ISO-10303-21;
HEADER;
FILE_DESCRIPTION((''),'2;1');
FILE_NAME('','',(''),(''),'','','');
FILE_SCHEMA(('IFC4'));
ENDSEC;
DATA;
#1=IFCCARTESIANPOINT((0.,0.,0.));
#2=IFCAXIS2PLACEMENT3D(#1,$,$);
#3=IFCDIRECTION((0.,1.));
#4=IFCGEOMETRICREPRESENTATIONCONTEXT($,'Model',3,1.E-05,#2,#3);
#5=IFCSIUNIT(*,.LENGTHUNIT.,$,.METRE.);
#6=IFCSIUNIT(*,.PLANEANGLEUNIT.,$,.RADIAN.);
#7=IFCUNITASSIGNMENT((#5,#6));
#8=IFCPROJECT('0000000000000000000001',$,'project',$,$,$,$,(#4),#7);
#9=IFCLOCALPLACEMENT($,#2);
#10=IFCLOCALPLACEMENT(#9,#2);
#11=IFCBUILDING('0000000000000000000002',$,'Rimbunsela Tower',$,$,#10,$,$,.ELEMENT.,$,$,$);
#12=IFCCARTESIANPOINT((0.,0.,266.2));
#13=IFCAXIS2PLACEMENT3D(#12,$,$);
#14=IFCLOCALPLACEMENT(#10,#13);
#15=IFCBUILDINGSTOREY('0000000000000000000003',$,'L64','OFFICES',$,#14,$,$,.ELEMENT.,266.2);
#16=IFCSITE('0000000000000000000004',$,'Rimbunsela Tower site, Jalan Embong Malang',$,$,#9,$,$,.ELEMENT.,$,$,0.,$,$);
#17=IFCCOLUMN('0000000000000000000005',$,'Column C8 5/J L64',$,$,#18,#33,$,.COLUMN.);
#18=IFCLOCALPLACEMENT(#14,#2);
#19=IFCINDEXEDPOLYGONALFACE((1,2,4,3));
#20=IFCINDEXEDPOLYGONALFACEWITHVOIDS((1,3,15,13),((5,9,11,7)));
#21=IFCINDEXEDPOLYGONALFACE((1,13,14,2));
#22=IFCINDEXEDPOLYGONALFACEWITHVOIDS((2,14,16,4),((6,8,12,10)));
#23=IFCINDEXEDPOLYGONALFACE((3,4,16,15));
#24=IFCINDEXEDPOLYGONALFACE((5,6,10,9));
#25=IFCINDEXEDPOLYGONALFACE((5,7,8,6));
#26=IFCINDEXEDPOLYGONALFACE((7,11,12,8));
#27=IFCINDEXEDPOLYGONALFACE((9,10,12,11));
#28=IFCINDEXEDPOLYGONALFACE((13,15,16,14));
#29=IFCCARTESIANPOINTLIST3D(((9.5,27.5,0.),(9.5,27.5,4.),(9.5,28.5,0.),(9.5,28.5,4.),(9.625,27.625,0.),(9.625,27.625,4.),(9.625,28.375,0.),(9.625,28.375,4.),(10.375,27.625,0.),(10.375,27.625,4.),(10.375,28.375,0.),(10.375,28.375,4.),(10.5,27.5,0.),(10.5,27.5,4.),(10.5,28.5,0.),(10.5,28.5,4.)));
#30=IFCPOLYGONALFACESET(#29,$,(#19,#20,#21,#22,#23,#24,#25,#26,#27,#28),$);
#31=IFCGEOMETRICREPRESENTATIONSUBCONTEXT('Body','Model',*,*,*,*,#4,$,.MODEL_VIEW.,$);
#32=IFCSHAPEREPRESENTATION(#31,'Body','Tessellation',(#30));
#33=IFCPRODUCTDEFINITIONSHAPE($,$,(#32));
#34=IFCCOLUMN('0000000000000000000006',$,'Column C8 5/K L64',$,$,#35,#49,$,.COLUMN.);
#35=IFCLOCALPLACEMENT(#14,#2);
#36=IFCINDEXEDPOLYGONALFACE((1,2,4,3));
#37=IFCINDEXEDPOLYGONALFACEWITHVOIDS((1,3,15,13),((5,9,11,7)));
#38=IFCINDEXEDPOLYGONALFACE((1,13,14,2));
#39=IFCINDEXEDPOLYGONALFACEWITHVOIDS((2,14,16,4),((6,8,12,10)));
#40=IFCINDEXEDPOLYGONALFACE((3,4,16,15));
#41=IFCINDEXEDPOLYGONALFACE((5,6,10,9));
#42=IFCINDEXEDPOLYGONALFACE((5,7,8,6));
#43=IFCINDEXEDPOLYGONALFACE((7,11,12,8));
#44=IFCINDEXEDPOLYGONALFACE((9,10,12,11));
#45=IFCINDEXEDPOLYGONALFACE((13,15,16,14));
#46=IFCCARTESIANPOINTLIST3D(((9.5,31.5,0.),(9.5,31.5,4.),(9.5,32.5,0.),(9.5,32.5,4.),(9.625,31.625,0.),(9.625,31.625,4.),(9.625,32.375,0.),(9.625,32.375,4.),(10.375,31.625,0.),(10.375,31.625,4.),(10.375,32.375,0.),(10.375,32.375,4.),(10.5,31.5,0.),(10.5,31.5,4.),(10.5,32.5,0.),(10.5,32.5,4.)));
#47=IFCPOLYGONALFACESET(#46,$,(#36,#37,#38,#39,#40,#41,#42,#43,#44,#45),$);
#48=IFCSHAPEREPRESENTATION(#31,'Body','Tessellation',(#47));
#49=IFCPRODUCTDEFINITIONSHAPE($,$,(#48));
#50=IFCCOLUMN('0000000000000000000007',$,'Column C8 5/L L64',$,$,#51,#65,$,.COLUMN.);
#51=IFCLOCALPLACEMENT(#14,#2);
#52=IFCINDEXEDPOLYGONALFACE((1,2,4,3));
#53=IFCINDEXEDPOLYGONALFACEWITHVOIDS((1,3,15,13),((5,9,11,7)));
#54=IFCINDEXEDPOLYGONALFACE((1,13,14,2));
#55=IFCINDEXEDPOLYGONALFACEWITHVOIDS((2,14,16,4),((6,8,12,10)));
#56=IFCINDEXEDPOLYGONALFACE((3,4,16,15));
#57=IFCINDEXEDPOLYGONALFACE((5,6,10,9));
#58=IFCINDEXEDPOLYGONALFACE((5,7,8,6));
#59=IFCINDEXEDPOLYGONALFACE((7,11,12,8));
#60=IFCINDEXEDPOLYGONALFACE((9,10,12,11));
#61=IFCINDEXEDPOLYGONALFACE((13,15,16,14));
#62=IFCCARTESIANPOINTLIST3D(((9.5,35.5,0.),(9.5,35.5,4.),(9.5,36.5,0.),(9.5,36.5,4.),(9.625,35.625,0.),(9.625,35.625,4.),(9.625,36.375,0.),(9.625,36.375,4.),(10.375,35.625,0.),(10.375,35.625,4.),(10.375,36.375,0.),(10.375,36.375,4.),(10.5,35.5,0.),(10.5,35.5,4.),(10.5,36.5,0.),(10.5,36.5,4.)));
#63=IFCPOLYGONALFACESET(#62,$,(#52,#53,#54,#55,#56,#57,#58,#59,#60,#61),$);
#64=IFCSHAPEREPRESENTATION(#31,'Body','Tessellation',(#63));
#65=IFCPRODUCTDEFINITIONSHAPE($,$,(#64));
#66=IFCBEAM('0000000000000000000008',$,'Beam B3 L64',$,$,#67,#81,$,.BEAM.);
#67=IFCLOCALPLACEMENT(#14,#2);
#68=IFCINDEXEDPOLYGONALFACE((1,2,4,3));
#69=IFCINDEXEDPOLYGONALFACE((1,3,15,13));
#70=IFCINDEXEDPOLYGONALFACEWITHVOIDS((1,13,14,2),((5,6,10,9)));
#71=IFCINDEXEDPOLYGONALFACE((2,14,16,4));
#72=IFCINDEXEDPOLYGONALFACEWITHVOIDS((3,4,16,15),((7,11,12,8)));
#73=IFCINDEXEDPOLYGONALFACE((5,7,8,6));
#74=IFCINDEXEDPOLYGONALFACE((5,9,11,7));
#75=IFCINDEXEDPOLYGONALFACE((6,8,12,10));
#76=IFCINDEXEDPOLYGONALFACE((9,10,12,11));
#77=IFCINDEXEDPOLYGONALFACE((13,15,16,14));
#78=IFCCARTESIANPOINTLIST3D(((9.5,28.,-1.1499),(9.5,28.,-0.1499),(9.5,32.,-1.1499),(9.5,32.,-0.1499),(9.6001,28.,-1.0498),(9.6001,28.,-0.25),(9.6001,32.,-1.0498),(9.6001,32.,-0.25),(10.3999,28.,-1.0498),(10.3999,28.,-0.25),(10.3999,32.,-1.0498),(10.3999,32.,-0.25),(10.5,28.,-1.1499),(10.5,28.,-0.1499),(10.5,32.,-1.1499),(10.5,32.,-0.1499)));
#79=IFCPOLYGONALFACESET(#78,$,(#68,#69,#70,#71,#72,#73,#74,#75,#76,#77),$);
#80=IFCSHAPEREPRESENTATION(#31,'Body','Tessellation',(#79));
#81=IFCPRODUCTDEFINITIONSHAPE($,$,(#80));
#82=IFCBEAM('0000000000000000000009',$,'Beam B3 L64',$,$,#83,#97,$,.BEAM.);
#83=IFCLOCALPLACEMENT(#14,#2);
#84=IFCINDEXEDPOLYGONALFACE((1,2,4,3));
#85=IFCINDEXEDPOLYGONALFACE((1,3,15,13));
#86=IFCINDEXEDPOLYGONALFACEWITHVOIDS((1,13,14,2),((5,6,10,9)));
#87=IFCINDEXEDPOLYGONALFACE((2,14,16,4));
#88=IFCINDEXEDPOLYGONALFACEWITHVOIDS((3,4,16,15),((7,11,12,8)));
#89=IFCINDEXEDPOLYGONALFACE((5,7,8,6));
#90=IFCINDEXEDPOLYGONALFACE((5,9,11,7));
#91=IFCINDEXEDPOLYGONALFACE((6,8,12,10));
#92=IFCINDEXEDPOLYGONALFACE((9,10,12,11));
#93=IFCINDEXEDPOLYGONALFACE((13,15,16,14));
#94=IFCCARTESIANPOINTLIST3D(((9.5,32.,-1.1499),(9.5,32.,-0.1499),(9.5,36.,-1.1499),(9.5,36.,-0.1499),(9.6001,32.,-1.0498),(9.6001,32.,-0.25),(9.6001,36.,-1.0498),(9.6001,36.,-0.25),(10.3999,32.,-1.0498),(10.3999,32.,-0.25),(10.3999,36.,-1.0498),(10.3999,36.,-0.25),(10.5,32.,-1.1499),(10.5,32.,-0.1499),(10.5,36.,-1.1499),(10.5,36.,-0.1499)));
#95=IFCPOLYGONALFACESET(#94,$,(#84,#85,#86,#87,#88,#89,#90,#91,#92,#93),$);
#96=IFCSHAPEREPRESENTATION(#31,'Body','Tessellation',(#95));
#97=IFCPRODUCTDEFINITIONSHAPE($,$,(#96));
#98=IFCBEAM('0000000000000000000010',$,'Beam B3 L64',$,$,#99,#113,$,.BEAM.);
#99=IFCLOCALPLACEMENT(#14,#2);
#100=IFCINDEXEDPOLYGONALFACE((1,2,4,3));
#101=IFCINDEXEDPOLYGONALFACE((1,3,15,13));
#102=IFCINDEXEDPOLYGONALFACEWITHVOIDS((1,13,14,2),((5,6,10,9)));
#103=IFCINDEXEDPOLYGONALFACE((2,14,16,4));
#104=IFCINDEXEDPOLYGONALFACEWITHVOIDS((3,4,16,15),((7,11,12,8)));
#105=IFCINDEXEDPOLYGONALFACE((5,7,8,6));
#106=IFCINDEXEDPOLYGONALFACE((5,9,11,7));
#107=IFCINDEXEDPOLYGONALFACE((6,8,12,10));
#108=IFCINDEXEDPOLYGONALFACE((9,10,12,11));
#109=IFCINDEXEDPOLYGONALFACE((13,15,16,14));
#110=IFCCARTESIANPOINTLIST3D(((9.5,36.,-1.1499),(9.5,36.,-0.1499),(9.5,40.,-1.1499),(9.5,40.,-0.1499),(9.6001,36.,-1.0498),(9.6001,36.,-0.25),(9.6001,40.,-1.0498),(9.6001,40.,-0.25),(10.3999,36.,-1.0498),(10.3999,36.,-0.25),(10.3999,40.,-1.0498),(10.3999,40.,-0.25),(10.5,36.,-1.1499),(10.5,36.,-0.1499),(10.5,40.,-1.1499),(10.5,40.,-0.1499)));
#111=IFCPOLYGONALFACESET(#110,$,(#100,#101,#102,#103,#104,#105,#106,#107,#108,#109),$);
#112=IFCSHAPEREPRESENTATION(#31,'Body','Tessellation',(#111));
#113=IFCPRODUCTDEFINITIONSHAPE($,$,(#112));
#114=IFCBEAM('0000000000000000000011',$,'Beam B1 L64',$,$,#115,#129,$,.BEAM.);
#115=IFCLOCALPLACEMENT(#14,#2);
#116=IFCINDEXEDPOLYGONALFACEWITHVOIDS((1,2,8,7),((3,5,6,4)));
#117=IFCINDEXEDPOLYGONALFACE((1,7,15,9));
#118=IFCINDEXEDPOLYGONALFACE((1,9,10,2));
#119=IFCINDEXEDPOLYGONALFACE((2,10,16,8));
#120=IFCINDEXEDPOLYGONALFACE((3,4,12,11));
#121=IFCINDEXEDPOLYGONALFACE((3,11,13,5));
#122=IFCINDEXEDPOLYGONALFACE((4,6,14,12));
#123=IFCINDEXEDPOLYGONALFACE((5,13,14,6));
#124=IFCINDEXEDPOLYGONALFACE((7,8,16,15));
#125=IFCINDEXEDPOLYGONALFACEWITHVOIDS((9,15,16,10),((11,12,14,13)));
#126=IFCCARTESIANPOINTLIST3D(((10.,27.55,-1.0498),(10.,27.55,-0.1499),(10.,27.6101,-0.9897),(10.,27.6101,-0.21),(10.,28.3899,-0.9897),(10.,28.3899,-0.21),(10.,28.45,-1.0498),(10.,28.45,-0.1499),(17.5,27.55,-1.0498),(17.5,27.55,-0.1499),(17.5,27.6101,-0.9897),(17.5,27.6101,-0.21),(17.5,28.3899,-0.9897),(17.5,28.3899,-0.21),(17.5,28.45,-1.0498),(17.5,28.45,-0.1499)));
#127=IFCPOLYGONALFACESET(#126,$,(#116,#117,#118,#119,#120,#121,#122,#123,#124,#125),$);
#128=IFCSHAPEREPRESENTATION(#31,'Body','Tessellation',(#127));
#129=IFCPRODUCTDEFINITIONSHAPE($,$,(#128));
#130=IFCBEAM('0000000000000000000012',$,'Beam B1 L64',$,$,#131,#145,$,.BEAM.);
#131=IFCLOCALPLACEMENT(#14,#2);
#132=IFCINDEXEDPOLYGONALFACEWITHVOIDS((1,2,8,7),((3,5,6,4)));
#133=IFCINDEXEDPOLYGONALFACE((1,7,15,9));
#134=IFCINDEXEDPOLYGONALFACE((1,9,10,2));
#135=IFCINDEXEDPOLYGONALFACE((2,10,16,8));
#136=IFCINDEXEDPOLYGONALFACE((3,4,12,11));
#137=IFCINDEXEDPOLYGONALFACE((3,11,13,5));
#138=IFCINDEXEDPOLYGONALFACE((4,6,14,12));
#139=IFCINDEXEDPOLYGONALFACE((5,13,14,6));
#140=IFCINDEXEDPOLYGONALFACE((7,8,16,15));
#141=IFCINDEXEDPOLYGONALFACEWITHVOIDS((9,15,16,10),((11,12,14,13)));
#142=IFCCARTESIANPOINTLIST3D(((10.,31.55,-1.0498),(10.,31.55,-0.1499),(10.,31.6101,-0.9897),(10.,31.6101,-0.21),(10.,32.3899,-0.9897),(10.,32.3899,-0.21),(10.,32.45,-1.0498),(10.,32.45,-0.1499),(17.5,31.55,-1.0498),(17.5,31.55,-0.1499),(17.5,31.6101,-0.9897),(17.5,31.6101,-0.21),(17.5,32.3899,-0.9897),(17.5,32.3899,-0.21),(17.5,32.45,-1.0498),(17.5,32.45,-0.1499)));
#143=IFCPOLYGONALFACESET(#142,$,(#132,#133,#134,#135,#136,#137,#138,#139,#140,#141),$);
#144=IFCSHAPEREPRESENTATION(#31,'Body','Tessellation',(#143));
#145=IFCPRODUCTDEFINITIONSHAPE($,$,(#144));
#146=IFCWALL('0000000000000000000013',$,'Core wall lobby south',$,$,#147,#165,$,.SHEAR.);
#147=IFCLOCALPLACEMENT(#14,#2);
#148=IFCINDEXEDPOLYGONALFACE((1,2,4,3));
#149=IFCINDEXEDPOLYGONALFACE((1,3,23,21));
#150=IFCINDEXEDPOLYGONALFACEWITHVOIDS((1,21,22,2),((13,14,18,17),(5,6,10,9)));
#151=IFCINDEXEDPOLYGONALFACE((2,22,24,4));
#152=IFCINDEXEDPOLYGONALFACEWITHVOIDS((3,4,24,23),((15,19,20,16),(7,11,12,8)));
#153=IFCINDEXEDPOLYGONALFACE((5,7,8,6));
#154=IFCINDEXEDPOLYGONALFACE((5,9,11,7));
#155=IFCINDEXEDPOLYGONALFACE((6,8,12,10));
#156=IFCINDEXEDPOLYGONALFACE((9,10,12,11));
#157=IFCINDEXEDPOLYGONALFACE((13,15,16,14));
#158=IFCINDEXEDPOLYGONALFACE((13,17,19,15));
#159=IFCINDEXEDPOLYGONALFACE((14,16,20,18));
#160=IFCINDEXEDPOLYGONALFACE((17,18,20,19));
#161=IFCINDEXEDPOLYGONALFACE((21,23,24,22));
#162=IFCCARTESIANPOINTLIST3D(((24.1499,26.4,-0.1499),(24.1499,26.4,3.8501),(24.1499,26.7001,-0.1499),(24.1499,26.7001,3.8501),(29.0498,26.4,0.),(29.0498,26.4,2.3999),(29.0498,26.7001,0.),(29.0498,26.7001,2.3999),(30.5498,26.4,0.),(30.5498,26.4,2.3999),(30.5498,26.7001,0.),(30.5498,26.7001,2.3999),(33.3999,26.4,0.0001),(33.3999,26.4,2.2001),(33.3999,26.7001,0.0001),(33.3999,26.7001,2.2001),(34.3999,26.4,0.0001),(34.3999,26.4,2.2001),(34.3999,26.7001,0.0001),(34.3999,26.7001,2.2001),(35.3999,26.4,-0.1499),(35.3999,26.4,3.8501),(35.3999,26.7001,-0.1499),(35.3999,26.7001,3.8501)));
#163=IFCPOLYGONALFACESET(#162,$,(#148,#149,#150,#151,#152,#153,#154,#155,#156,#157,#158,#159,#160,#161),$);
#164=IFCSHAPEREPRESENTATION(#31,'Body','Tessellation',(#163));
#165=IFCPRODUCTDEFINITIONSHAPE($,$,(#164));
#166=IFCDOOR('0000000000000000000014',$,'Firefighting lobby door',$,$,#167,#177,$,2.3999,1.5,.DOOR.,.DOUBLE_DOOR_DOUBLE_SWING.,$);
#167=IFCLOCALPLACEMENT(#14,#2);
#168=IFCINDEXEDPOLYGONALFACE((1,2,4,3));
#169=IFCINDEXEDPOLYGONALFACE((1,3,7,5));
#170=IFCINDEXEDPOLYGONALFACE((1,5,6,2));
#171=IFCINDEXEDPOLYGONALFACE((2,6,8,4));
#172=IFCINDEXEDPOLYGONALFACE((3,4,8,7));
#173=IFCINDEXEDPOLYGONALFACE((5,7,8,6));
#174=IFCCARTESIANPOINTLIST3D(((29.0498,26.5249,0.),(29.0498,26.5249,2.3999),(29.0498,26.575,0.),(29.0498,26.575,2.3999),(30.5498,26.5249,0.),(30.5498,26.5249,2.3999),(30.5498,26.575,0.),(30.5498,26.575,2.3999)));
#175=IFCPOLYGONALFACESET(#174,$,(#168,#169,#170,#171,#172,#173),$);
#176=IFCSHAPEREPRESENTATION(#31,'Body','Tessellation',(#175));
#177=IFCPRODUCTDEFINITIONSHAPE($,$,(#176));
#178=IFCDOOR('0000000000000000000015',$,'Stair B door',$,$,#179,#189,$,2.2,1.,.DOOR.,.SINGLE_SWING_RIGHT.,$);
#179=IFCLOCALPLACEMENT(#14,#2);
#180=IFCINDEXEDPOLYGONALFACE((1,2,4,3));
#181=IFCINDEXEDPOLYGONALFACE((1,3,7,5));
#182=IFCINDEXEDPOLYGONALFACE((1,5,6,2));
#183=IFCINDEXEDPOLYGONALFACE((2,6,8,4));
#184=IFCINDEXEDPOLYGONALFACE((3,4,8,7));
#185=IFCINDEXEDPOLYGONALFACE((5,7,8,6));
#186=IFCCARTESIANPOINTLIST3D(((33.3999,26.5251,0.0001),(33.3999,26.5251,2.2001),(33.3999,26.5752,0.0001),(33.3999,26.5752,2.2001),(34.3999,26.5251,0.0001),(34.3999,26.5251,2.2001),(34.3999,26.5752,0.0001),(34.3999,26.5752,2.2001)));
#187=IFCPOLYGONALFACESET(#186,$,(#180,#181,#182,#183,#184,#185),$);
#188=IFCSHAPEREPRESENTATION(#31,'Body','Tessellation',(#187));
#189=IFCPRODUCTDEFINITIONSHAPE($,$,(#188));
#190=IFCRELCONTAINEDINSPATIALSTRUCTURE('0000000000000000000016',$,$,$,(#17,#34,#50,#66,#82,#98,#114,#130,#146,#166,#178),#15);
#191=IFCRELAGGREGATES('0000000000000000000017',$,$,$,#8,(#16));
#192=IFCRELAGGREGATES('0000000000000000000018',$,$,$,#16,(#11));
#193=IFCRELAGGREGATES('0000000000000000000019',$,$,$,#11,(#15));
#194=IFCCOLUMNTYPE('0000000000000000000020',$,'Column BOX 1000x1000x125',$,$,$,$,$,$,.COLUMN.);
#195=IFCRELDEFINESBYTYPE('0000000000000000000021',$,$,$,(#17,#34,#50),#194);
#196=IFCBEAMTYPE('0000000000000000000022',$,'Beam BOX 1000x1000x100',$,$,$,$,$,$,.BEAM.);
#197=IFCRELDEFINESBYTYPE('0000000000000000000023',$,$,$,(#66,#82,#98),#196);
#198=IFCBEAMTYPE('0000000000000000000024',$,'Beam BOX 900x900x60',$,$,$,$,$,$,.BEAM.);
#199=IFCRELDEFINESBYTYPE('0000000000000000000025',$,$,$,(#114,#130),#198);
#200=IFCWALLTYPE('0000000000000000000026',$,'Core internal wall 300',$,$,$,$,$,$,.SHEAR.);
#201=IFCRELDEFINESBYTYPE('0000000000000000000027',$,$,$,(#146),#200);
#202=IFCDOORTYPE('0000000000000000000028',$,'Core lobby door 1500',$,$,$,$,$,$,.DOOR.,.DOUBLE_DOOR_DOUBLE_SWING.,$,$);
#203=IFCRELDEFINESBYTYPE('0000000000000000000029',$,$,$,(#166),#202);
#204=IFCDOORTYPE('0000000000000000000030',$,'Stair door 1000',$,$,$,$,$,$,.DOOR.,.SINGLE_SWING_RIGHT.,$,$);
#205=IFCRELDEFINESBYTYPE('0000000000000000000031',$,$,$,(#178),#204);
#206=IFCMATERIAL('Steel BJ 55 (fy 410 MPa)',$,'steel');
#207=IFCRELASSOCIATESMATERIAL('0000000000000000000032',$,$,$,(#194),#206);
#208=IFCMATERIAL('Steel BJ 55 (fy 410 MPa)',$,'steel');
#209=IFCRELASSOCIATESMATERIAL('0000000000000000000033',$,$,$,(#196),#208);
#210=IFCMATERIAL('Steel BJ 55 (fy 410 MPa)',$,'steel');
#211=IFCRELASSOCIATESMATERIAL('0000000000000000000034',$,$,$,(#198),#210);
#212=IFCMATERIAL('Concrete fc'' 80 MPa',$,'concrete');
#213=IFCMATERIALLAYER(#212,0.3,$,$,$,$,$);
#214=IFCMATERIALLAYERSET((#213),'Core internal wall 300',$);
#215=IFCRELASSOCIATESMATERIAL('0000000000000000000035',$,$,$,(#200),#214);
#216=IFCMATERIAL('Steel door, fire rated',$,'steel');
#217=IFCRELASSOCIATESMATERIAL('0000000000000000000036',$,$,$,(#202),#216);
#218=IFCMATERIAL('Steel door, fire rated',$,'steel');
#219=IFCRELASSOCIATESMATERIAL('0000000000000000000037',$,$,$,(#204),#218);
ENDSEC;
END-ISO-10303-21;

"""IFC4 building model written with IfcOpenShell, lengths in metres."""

from ifc_helpers import new_model, si_unit, direction, frame, frame_2d, origin, origin_2d, place, context, subcontext, project, spatial, rectangle, hollow_rectangle, extrude, material, layer, layer_set, material_profile, profile_set, type_object, element, fill, save


model = new_model("IFC4")

# Units and contexts
model_context = context("Model", 3, precision=1e-05, world=origin(), true_north=direction((0.0, 1.0)))
body_context = subcontext(model_context, "Body", "Model", "MODEL_VIEW")
ifc_project = project(units=[si_unit("LENGTHUNIT", "METRE"), si_unit("PLANEANGLEUNIT", "RADIAN")], contexts=[model_context])

# Site, building, storey
site_placement = place(None, origin())
site = spatial("IfcSite", under=ifc_project, at=site_placement, Name="Rimbunsela Tower site, Jalan Embong Malang", CompositionType="ELEMENT", RefElevation=0.0)
building_placement = place(site_placement, origin())
building = spatial("IfcBuilding", under=site, at=building_placement, Name="Rimbunsela Tower", CompositionType="ELEMENT")
storey_placement = place(building_placement, frame((0.0, 0.0, 266.2)))
storey = spatial("IfcBuildingStorey", under=building, at=storey_placement, Name="L64", Description="OFFICES", CompositionType="ELEMENT", Elevation=266.2)

# Columns
ifc_material_1 = material(Name="Steel BJ 55 (fy 410 MPa)", Category="steel")
ifc_material_profile_1 = material_profile(ifc_material_1, hollow_rectangle(XDim=1.0, YDim=1.0, WallThickness=0.125, at=origin_2d()), Name="BOX 1000x1000x125")
ifc_profile_set_1 = profile_set([ifc_material_profile_1], Name="Steel BJ 55 (fy 410 MPa)")
column_type = type_object("IfcColumnType", Name="Column BOX 1000x1000x125", PredefinedType="COLUMN", material=ifc_profile_set_1)
for number, where, z_axis, x_axis, name in (
    (1, (10.0, 28.0, 0.0), (0.0, 0.0, 1.0), (1.0, 0.0, 0.0), "Column C8 5/J L64"),
    (2, (10.0, 32.0, 0.0), (0.0, 0.0, 1.0), (1.0, 0.0, 0.0), "Column C8 5/K L64"),
    (3, (10.0, 36.0, 0.0), (0.0, 0.0, 1.0), (1.0, 0.0, 0.0), "Column C8 5/L L64"),
):
    element("IfcColumn", number, at=place(storey_placement, frame(where, z_axis=z_axis, x_axis=x_axis)), inside=storey, type_object=column_type, Name=name, PredefinedType="COLUMN", context=body_context, shape_type="SweptSolid", body=[
        extrude(hollow_rectangle(XDim=1.0, YDim=1.0, WallThickness=0.125, at=origin_2d()), origin(), (0.0, 0.0, 1.0), 4.0),
    ])

# Beams
ifc_material_2 = material(Name="Steel BJ 55 (fy 410 MPa)", Category="steel")
ifc_material_profile_2 = material_profile(ifc_material_2, hollow_rectangle(XDim=1.0, YDim=1.0, WallThickness=0.1001, at=origin_2d()), Name="BOX 1000x1000x100")
ifc_profile_set_2 = profile_set([ifc_material_profile_2], Name="Steel BJ 55 (fy 410 MPa)")
beam_type_1 = type_object("IfcBeamType", Name="Beam BOX 1000x1000x100", PredefinedType="BEAM", material=ifc_profile_set_2)
for number, where, z_axis, x_axis, name in (
    (4, (10.0, 28.0, -0.6499), (0.0, 1.0, 0.0), (-1.0, 0.0, 0.0), "Beam B3 L64"),
    (5, (10.0, 32.0, -0.6499), (0.0, 1.0, 0.0), (-1.0, 0.0, 0.0), "Beam B3 L64"),
    (6, (10.0, 36.0, -0.6499), (0.0, 1.0, 0.0), (-1.0, 0.0, 0.0), "Beam B3 L64"),
):
    element("IfcBeam", number, at=place(storey_placement, frame(where, z_axis=z_axis, x_axis=x_axis)), inside=storey, type_object=beam_type_1, Name=name, PredefinedType="BEAM", context=body_context, shape_type="SweptSolid", body=[
        extrude(hollow_rectangle(XDim=1.0, YDim=1.0, WallThickness=0.1001, at=origin_2d()), origin(), (0.0, 0.0, 1.0), 4.0),
    ])
ifc_material_3 = material(Name="Steel BJ 55 (fy 410 MPa)", Category="steel")
ifc_material_profile_3 = material_profile(ifc_material_3, hollow_rectangle(XDim=0.8999, YDim=0.8999, WallThickness=0.0601, at=origin_2d()), Name="BOX 900x900x60")
ifc_profile_set_3 = profile_set([ifc_material_profile_3], Name="Steel BJ 55 (fy 410 MPa)")
beam_type_2 = type_object("IfcBeamType", Name="Beam BOX 900x900x60", PredefinedType="BEAM", material=ifc_profile_set_3)
for number, where, z_axis, x_axis, name in (
    (7, (10.0, 28.0, -0.5999), (1.0, 0.0, 0.0), (0.0, 1.0, 0.0), "Beam B1 L64"),
    (8, (10.0, 32.0, -0.5999), (1.0, 0.0, 0.0), (0.0, 1.0, 0.0), "Beam B1 L64"),
):
    element("IfcBeam", number, at=place(storey_placement, frame(where, z_axis=z_axis, x_axis=x_axis)), inside=storey, type_object=beam_type_2, Name=name, PredefinedType="BEAM", context=body_context, shape_type="SweptSolid", body=[
        extrude(hollow_rectangle(XDim=0.8999, YDim=0.8999, WallThickness=0.0601, at=origin_2d()), origin(), (0.0, 0.0, 1.0), 7.5),
    ])

# Wall, openings, doors
ifc_material_4 = material(Name="Concrete fc' 80 MPa", Category="concrete")
ifc_layer_1 = layer(ifc_material_4, 0.3)
ifc_layer_set_1 = layer_set([ifc_layer_1], Name="Core internal wall 300")
wall_type_1 = type_object("IfcWallType", Name="Core internal wall 300", PredefinedType="SHEAR", material=ifc_layer_set_1)
wall_1_placement = place(storey_placement, frame((24.1499, 26.55, -0.1499), z_axis=(0.0, 0.0, 1.0), x_axis=(1.0, 0.0, 0.0)))
wall_1 = element("IfcWall", 9, at=wall_1_placement, inside=storey, type_object=wall_type_1, Name="Core wall lobby south", PredefinedType="SHEAR", context=body_context, shape_type="SweptSolid", body=[
    extrude(rectangle(XDim=11.25, YDim=0.3, at=frame_2d((5.625, 0.0))), origin(), (0.0, 0.0, 1.0), 4.0),
])
opening_1_placement = place(wall_1_placement, frame((9.25, 0.0, 0.1499)))
opening_1 = element("IfcOpeningElement", 10, at=opening_1_placement, cuts=wall_1, PredefinedType="OPENING", context=body_context, shape_type="SweptSolid", body=[
    extrude(rectangle(XDim=1.0, YDim=2.2, at=frame_2d((0.5, 1.1001))), frame((0.0, 0.1599, 0.0), z_axis=(0.0, -1.0, 0.0), x_axis=(1.0, 0.0, 0.0)), (0.0, 0.0, 1.0), 0.3201),
])
opening_2_placement = place(wall_1_placement, frame((4.8999, 0.0, 0.1499)))
opening_2 = element("IfcOpeningElement", 11, at=opening_2_placement, cuts=wall_1, PredefinedType="OPENING", context=body_context, shape_type="SweptSolid", body=[
    extrude(rectangle(XDim=1.5, YDim=2.3999, at=frame_2d((0.75, 1.2))), frame((0.0, 0.1599, 0.0), z_axis=(0.0, -1.0, 0.0), x_axis=(1.0, 0.0, 0.0)), (0.0, 0.0, 1.0), 0.3201),
])
ifc_material_5 = material(Name="Steel door, fire rated", Category="steel")
door_type_1 = type_object("IfcDoorType", Name="Core lobby door 1500", OperationType="DOUBLE_DOOR_DOUBLE_SWING", PredefinedType="DOOR", material=ifc_material_5)
door_1_placement = place(opening_2_placement, origin())
door_1 = element("IfcDoor", 12, at=door_1_placement, inside=storey, type_object=door_type_1, Name="Firefighting lobby door", OperationType="DOUBLE_DOOR_DOUBLE_SWING", OverallHeight=2.3999, OverallWidth=1.5, PredefinedType="DOOR", context=body_context, shape_type="SweptSolid", body=[
    extrude(rectangle(XDim=1.5, YDim=2.3999, at=frame_2d((0.75, 1.2))), frame((0.0, 0.0249, 0.0), z_axis=(0.0, -1.0, 0.0), x_axis=(1.0, 0.0, 0.0)), (0.0, 0.0, 1.0), 0.05),
])
fill(opening_2, door_1)
ifc_material_6 = material(Name="Steel door, fire rated", Category="steel")
door_type_2 = type_object("IfcDoorType", Name="Stair door 1000", OperationType="SINGLE_SWING_RIGHT", PredefinedType="DOOR", material=ifc_material_6)
door_2_placement = place(opening_1_placement, frame((1.0, 0.0, 0.0), z_axis=(0.0, 0.0, 1.0), x_axis=(-1.0, 0.0, 0.0)))
door_2 = element("IfcDoor", 13, at=door_2_placement, inside=storey, type_object=door_type_2, Name="Stair B door", OperationType="SINGLE_SWING_RIGHT", OverallHeight=2.2, OverallWidth=1.0, PredefinedType="DOOR", context=body_context, shape_type="SweptSolid", body=[
    extrude(rectangle(XDim=1.0, YDim=2.2, at=frame_2d((0.5, 1.1001))), frame((0.0, 0.0249, 0.0), z_axis=(0.0, -1.0, 0.0), x_axis=(1.0, 0.0, 0.0)), (0.0, 0.0, 1.0), 0.05),
])
fill(opening_1, door_2)

save(model, "model.ifc")
